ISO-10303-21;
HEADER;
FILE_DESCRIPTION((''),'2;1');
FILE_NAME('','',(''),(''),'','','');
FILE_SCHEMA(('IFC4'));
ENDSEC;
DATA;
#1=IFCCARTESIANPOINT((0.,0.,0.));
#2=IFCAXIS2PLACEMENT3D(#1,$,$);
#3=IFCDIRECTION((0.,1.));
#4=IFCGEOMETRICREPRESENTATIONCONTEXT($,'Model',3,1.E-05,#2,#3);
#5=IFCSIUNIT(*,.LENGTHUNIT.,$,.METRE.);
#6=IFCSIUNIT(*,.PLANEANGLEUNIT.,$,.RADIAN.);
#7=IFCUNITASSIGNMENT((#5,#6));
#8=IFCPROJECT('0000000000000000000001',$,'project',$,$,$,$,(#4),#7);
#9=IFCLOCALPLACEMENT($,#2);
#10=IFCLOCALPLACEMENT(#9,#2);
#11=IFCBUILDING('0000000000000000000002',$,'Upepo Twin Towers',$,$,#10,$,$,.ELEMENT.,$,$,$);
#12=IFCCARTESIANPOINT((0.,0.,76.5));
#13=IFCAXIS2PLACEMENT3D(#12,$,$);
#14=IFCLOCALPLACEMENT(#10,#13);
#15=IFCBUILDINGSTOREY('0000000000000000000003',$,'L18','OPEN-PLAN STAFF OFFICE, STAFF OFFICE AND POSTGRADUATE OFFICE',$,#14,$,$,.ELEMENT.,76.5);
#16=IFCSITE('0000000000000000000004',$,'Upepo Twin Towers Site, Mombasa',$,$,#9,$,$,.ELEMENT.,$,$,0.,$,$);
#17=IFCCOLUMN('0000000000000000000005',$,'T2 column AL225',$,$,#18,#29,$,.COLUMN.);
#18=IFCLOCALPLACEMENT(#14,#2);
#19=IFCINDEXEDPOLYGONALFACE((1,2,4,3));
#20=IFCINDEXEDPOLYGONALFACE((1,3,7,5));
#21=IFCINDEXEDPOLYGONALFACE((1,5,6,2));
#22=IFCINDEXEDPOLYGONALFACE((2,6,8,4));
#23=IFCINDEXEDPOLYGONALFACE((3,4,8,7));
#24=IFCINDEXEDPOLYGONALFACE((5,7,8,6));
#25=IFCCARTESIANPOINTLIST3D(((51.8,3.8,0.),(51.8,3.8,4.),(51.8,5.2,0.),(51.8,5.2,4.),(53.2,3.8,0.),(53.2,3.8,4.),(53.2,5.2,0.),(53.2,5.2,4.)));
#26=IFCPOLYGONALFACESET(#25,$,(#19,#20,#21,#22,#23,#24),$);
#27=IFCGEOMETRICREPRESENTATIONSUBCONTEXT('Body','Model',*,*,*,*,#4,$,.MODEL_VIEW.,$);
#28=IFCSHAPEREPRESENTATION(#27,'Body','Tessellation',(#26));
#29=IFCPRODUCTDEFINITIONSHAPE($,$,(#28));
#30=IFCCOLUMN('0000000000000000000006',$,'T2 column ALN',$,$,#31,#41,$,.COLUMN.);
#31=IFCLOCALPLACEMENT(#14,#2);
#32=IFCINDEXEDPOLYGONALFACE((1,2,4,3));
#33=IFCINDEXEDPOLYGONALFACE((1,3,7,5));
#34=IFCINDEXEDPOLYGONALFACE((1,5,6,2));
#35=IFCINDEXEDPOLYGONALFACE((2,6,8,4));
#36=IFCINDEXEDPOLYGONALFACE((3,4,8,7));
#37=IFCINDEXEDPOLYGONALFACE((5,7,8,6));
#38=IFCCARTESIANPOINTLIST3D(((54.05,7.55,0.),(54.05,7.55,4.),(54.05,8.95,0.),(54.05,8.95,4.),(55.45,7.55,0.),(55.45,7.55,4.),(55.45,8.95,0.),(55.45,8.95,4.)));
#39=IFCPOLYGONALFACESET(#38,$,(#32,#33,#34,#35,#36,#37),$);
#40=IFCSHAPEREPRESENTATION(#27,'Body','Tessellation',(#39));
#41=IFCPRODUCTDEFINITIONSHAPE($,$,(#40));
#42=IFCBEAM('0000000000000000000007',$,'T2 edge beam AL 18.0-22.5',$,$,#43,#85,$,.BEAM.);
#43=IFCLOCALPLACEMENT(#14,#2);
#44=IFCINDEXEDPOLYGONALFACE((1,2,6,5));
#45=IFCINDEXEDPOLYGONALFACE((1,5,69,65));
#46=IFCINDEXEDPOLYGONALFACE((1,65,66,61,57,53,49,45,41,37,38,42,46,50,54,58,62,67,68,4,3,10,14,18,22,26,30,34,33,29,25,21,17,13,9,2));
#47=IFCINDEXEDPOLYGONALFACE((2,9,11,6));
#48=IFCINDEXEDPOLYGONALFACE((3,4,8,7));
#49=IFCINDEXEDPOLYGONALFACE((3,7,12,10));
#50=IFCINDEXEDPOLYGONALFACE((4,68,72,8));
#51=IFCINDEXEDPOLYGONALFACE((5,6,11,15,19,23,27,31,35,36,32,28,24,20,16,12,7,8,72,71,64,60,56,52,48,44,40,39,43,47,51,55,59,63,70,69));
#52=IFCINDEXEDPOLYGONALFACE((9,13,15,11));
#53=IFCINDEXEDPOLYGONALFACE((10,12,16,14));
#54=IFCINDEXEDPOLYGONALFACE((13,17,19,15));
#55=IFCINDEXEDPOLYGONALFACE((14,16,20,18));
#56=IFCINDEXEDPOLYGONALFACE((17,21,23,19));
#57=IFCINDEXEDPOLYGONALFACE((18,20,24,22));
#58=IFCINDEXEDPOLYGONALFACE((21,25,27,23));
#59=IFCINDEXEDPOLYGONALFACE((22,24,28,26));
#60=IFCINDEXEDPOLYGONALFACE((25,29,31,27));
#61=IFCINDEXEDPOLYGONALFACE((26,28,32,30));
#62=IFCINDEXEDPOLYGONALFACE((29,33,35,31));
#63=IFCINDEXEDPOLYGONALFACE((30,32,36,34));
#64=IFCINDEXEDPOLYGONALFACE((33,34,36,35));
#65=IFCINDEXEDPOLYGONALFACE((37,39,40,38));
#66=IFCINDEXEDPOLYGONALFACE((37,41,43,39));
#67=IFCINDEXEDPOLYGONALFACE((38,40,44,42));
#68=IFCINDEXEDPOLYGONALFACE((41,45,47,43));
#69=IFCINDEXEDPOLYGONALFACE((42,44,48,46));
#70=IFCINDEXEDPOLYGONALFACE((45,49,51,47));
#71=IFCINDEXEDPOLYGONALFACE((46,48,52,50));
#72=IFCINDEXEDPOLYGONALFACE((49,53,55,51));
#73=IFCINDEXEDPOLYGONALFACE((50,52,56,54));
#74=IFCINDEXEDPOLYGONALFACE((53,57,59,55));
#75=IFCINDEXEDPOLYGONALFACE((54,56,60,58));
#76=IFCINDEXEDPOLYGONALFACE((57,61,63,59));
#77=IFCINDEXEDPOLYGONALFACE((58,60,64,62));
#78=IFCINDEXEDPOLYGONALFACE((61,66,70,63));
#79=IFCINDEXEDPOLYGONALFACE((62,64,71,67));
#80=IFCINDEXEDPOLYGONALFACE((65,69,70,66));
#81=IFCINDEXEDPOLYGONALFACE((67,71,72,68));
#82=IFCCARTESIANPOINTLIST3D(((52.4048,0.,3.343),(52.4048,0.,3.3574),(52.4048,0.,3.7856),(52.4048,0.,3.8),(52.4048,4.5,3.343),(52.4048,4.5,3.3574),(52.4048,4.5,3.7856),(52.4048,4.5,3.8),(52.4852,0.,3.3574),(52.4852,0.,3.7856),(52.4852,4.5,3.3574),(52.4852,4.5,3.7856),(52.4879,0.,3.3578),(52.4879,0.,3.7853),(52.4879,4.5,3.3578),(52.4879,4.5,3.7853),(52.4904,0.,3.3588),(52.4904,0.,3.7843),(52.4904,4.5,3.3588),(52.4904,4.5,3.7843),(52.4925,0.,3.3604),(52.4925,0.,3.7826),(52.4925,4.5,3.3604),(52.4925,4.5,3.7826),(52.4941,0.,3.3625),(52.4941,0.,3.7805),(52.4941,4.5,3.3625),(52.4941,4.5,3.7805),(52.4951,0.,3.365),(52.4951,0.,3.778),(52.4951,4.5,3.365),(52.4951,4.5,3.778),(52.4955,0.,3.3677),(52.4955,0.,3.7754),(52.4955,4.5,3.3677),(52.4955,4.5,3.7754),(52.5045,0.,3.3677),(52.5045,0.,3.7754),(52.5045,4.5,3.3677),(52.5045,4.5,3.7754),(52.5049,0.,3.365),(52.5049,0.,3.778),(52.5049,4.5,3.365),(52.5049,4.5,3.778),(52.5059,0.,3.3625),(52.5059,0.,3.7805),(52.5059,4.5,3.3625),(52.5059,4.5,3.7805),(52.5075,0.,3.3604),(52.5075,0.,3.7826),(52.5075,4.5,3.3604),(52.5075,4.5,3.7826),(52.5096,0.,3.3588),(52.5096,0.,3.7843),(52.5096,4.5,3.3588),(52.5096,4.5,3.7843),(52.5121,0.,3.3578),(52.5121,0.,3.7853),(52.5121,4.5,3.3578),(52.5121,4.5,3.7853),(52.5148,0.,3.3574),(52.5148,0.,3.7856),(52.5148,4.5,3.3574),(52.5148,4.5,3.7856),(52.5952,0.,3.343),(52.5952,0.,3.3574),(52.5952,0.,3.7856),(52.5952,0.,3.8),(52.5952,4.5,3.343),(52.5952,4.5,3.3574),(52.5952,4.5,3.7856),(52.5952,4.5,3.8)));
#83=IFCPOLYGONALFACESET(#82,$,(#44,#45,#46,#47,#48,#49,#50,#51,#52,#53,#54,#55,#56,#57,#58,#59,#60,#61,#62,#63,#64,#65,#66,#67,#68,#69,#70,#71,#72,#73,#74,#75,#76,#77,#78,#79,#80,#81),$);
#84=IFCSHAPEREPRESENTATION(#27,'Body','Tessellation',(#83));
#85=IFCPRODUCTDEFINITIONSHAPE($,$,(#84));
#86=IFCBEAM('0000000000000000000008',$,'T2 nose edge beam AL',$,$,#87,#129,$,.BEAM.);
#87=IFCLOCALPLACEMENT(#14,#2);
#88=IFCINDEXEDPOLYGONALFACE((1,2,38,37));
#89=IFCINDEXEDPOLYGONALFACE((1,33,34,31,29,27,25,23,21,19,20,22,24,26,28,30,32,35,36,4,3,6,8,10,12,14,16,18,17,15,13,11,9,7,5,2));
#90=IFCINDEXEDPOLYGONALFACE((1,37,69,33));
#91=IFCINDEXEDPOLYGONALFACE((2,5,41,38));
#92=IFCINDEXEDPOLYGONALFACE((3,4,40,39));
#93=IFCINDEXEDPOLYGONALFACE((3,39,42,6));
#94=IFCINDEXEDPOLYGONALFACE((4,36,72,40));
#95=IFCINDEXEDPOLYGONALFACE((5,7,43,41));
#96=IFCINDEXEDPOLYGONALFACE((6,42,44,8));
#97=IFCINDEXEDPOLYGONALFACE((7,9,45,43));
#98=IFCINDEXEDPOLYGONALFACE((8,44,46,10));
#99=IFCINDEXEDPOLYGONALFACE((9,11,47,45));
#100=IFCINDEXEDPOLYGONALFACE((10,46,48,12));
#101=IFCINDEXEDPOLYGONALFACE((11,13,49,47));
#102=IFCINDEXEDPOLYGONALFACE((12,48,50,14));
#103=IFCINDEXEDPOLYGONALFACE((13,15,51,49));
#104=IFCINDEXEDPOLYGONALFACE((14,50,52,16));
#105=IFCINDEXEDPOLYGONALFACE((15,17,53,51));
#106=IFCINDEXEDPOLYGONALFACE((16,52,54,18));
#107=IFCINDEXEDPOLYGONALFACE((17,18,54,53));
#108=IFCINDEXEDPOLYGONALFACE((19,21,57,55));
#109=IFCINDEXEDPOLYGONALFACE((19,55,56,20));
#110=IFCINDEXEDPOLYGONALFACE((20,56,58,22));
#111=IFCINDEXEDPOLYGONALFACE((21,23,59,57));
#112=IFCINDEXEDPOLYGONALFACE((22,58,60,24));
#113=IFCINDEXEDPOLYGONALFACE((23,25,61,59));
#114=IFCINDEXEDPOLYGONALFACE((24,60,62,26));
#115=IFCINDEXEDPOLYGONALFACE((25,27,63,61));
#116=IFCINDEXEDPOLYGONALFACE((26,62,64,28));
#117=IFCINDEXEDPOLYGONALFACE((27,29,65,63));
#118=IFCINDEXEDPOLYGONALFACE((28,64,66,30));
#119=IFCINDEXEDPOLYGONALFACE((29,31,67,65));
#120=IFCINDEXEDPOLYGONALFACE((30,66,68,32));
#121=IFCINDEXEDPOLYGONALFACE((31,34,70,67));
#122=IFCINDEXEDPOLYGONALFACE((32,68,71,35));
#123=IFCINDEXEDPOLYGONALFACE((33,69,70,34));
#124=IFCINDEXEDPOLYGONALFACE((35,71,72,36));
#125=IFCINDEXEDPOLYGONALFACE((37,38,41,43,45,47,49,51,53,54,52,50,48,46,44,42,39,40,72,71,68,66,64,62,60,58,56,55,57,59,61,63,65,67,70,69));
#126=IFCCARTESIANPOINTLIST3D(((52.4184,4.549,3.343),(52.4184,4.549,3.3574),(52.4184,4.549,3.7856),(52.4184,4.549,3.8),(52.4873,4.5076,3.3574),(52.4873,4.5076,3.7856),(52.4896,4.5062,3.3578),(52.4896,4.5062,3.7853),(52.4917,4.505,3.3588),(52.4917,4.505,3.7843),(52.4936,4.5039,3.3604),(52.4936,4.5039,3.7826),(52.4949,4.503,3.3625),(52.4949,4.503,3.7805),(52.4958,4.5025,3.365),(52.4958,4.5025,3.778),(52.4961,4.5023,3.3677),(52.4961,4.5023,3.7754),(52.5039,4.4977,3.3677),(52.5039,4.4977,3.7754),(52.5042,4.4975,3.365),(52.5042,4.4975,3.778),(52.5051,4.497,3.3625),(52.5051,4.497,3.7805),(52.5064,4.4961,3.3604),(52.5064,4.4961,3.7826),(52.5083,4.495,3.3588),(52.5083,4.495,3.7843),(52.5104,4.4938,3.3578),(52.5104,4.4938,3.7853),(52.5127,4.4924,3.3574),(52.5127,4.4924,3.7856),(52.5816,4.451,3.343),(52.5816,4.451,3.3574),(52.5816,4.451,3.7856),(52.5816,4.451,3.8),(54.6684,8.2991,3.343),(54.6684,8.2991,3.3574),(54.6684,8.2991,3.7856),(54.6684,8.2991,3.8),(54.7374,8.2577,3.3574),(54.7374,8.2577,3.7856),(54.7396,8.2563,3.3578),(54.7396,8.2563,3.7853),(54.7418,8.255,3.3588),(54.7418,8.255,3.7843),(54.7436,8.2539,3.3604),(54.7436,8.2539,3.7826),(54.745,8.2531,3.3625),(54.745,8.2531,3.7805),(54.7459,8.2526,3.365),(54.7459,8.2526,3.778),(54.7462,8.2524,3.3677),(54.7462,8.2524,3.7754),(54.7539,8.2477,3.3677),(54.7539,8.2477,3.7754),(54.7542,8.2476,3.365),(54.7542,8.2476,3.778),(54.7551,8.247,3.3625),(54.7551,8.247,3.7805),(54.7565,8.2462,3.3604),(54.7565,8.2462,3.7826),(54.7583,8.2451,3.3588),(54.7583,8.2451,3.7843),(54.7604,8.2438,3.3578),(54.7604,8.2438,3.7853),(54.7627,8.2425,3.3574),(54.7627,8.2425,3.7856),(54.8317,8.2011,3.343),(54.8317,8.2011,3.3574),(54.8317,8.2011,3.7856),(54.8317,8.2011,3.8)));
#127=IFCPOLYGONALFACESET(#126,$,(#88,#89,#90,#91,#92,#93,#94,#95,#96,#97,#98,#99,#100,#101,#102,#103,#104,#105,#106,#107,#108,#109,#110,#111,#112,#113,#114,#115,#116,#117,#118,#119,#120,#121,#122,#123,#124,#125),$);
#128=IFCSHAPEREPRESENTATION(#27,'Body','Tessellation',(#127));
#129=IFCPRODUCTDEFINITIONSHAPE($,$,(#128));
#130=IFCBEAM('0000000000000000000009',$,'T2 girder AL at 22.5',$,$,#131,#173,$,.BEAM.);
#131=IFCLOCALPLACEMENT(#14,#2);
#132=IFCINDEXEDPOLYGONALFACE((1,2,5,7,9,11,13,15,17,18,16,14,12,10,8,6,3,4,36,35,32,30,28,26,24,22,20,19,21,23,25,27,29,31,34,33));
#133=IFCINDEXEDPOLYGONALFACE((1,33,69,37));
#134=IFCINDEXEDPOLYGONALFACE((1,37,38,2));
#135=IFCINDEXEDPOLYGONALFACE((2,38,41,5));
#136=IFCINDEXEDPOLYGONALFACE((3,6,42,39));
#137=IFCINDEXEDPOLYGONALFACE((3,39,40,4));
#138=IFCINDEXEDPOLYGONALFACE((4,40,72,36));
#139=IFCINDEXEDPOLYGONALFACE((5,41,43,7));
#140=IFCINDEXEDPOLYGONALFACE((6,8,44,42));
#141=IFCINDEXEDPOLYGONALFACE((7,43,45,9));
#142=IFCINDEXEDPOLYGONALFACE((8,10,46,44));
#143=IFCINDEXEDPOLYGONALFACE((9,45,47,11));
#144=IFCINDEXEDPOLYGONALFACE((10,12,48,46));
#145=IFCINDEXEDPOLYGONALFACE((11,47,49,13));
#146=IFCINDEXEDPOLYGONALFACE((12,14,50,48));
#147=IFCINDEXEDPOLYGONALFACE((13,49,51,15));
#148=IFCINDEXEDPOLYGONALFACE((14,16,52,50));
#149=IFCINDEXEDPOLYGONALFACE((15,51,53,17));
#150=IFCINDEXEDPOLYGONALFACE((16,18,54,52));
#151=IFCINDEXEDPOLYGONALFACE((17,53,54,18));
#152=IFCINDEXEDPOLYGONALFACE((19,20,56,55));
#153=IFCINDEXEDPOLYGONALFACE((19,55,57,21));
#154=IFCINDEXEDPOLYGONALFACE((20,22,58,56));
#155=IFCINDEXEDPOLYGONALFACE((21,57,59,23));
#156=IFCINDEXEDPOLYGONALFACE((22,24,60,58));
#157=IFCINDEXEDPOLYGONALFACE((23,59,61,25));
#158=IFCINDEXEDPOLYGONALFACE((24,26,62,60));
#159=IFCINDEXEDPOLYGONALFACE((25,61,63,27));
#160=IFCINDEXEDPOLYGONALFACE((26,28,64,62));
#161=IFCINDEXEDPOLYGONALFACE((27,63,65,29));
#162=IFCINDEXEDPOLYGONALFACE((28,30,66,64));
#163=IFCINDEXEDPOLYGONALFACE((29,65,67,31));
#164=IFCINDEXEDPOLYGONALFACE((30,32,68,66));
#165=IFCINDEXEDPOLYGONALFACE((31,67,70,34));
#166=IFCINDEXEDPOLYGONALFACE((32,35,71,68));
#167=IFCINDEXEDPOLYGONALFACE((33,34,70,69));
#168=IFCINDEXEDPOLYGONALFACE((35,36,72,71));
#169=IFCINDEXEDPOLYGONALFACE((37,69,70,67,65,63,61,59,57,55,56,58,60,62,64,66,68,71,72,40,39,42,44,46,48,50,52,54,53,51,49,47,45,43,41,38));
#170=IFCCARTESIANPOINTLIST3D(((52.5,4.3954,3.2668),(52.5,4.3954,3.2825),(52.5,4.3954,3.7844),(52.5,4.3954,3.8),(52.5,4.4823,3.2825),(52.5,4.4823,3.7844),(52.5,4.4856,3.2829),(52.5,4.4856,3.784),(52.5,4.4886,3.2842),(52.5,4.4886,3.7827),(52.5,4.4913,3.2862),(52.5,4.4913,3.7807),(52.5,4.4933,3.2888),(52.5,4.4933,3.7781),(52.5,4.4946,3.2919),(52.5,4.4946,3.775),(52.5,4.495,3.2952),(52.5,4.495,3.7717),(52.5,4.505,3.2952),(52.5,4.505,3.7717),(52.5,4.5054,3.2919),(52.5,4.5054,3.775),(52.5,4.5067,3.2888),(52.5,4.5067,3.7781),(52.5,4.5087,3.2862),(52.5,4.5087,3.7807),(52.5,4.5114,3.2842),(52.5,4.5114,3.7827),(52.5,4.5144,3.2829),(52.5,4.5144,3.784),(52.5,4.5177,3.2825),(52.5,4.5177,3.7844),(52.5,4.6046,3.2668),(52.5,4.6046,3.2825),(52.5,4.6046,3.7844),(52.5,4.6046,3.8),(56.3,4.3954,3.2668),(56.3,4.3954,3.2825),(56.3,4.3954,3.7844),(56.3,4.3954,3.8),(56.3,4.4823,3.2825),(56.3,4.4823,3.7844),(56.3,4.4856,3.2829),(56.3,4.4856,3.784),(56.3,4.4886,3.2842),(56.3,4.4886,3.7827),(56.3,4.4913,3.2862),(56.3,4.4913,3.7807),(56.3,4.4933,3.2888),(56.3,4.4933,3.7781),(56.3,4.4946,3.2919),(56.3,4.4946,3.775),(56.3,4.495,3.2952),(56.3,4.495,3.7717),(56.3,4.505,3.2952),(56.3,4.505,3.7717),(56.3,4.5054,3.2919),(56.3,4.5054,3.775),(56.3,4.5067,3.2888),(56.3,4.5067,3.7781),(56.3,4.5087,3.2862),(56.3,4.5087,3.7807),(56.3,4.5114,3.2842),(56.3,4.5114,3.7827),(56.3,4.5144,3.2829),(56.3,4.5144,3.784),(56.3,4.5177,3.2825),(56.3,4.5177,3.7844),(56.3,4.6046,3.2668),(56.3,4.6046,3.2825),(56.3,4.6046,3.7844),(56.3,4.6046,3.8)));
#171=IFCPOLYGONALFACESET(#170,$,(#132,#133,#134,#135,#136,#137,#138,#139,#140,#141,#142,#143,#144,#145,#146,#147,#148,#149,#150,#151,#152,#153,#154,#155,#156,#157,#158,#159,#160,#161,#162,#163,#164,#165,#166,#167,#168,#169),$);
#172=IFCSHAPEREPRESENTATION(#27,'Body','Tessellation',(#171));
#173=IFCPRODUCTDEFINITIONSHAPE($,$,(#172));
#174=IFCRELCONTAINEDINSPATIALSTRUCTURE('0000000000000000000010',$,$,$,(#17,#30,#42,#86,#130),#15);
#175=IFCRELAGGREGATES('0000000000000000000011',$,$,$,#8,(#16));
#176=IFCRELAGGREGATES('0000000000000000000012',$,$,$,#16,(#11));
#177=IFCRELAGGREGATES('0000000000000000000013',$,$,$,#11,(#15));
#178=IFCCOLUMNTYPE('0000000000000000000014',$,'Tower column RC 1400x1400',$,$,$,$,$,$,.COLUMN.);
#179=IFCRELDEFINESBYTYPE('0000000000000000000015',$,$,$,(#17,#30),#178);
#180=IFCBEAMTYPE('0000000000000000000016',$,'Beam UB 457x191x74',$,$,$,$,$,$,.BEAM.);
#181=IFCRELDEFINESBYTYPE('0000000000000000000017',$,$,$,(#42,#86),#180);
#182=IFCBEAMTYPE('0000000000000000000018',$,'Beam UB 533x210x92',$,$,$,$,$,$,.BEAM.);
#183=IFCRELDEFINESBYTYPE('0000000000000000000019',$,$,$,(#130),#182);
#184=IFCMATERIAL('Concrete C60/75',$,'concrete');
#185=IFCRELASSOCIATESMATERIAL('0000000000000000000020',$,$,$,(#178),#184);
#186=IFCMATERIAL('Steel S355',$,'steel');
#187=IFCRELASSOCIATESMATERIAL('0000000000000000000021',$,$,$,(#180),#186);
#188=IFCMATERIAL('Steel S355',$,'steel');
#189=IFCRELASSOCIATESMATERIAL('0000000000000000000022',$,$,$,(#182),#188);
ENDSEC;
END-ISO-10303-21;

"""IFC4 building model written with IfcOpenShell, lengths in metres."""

from ifc_helpers import new_model, si_unit, direction, frame, origin, origin_2d, place, context, subcontext, project, spatial, rectangle, i_section, extrude, material, material_profile, profile_set, type_object, element, save


model = new_model("IFC4")

# Units and contexts
model_context = context("Model", 3, precision=1e-05, world=origin(), true_north=direction((0.0, 1.0)))
body_context = subcontext(model_context, "Body", "Model", "MODEL_VIEW")
ifc_project = project(units=[si_unit("LENGTHUNIT", "METRE"), si_unit("PLANEANGLEUNIT", "RADIAN")], contexts=[model_context])

# Site, building, storey
site_placement = place(None, origin())
site = spatial("IfcSite", under=ifc_project, at=site_placement, Name="Upepo Twin Towers Site, Mombasa", CompositionType="ELEMENT", RefElevation=0.0)
building_placement = place(site_placement, origin())
building = spatial("IfcBuilding", under=site, at=building_placement, Name="Upepo Twin Towers", CompositionType="ELEMENT")
storey_placement = place(building_placement, frame((0.0, 0.0, 76.5)))
storey = spatial("IfcBuildingStorey", under=building, at=storey_placement, Name="L18", Description="OPEN-PLAN STAFF OFFICE, STAFF OFFICE AND POSTGRADUATE OFFICE", CompositionType="ELEMENT", Elevation=76.5)

# Columns
ifc_material_1 = material(Name="Concrete C60/75", Category="concrete")
ifc_material_profile_1 = material_profile(ifc_material_1, rectangle(XDim=1.3999, YDim=1.3999, at=origin_2d()), Name="RC 1400x1400")
ifc_profile_set_1 = profile_set([ifc_material_profile_1], Name="Concrete C60/75")
column_type = type_object("IfcColumnType", Name="Tower column RC 1400x1400", PredefinedType="COLUMN", material=ifc_profile_set_1)
for number, where, z_axis, x_axis, name in (
    (1, (52.5, 4.5, 0.0), (0.0, 0.0, 1.0), (1.0, 0.0, 0.0), "T2 column AL225"),
    (2, (54.75, 8.25, 0.0), (0.0, 0.0, 1.0), (1.0, 0.0, 0.0), "T2 column ALN"),
):
    element("IfcColumn", number, at=place(storey_placement, frame(where, z_axis=z_axis, x_axis=x_axis)), inside=storey, type_object=column_type, Name=name, PredefinedType="COLUMN", context=body_context, shape_type="SweptSolid", body=[
        extrude(rectangle(XDim=1.3999, YDim=1.3999, at=origin_2d()), origin(), (0.0, 0.0, 1.0), 4.0),
    ])

# Beams
ifc_material_2 = material(Name="Steel S355", Category="steel")
ifc_material_profile_2 = material_profile(ifc_material_2, i_section(OverallWidth=0.1904, OverallDepth=0.457, WebThickness=0.009, FlangeThickness=0.0144, FilletRadius=0.0103, at=origin_2d()), Name="UB 457x191x74")
ifc_profile_set_2 = profile_set([ifc_material_profile_2], Name="Steel S355")
beam_type_1 = type_object("IfcBeamType", Name="Beam UB 457x191x74", PredefinedType="BEAM", material=ifc_profile_set_2)
beam_1_placement = place(storey_placement, frame((52.5, 0.0, 3.5715), z_axis=(0.0, 1.0, 0.0), x_axis=(-1.0, 0.0, 0.0)))
element("IfcBeam", 3, at=beam_1_placement, inside=storey, type_object=beam_type_1, Name="T2 edge beam AL 18.0-22.5", PredefinedType="BEAM", context=body_context, shape_type="SweptSolid", body=[
    extrude(i_section(OverallWidth=0.1904, OverallDepth=0.457, WebThickness=0.009, FlangeThickness=0.0144, FilletRadius=0.0103, at=origin_2d()), origin(), (0.0, 0.0, 1.0), 4.5),
])
beam_2_placement = place(storey_placement, frame((52.5, 4.5, 3.5715), z_axis=(0.514496, 0.857493, 0.0), x_axis=(-0.857493, 0.514496, 0.0)))
element("IfcBeam", 4, at=beam_2_placement, inside=storey, type_object=beam_type_1, Name="T2 nose edge beam AL", PredefinedType="BEAM", context=body_context, shape_type="SweptSolid", body=[
    extrude(i_section(OverallWidth=0.1904, OverallDepth=0.457, WebThickness=0.009, FlangeThickness=0.0144, FilletRadius=0.0103, at=origin_2d()), origin(), (0.0, 0.0, 1.0), 4.3733),
])
ifc_material_3 = material(Name="Steel S355", Category="steel")
ifc_material_profile_3 = material_profile(ifc_material_3, i_section(OverallWidth=0.2092, OverallDepth=0.5332, WebThickness=0.01, FlangeThickness=0.0156, FilletRadius=0.0127, at=origin_2d()), Name="UB 533x210x92")
ifc_profile_set_3 = profile_set([ifc_material_profile_3], Name="Steel S355")
beam_type_2 = type_object("IfcBeamType", Name="Beam UB 533x210x92", PredefinedType="BEAM", material=ifc_profile_set_3)
beam_3_placement = place(storey_placement, frame((52.5, 4.5, 3.5334), z_axis=(1.0, 0.0, 0.0), x_axis=(0.0, 1.0, 0.0)))
element("IfcBeam", 5, at=beam_3_placement, inside=storey, type_object=beam_type_2, Name="T2 girder AL at 22.5", PredefinedType="BEAM", context=body_context, shape_type="SweptSolid", body=[
    extrude(i_section(OverallWidth=0.2092, OverallDepth=0.5332, WebThickness=0.01, FlangeThickness=0.0156, FilletRadius=0.0127, at=origin_2d()), origin(), (0.0, 0.0, 1.0), 3.8),
])

save(model, "model.ifc")
